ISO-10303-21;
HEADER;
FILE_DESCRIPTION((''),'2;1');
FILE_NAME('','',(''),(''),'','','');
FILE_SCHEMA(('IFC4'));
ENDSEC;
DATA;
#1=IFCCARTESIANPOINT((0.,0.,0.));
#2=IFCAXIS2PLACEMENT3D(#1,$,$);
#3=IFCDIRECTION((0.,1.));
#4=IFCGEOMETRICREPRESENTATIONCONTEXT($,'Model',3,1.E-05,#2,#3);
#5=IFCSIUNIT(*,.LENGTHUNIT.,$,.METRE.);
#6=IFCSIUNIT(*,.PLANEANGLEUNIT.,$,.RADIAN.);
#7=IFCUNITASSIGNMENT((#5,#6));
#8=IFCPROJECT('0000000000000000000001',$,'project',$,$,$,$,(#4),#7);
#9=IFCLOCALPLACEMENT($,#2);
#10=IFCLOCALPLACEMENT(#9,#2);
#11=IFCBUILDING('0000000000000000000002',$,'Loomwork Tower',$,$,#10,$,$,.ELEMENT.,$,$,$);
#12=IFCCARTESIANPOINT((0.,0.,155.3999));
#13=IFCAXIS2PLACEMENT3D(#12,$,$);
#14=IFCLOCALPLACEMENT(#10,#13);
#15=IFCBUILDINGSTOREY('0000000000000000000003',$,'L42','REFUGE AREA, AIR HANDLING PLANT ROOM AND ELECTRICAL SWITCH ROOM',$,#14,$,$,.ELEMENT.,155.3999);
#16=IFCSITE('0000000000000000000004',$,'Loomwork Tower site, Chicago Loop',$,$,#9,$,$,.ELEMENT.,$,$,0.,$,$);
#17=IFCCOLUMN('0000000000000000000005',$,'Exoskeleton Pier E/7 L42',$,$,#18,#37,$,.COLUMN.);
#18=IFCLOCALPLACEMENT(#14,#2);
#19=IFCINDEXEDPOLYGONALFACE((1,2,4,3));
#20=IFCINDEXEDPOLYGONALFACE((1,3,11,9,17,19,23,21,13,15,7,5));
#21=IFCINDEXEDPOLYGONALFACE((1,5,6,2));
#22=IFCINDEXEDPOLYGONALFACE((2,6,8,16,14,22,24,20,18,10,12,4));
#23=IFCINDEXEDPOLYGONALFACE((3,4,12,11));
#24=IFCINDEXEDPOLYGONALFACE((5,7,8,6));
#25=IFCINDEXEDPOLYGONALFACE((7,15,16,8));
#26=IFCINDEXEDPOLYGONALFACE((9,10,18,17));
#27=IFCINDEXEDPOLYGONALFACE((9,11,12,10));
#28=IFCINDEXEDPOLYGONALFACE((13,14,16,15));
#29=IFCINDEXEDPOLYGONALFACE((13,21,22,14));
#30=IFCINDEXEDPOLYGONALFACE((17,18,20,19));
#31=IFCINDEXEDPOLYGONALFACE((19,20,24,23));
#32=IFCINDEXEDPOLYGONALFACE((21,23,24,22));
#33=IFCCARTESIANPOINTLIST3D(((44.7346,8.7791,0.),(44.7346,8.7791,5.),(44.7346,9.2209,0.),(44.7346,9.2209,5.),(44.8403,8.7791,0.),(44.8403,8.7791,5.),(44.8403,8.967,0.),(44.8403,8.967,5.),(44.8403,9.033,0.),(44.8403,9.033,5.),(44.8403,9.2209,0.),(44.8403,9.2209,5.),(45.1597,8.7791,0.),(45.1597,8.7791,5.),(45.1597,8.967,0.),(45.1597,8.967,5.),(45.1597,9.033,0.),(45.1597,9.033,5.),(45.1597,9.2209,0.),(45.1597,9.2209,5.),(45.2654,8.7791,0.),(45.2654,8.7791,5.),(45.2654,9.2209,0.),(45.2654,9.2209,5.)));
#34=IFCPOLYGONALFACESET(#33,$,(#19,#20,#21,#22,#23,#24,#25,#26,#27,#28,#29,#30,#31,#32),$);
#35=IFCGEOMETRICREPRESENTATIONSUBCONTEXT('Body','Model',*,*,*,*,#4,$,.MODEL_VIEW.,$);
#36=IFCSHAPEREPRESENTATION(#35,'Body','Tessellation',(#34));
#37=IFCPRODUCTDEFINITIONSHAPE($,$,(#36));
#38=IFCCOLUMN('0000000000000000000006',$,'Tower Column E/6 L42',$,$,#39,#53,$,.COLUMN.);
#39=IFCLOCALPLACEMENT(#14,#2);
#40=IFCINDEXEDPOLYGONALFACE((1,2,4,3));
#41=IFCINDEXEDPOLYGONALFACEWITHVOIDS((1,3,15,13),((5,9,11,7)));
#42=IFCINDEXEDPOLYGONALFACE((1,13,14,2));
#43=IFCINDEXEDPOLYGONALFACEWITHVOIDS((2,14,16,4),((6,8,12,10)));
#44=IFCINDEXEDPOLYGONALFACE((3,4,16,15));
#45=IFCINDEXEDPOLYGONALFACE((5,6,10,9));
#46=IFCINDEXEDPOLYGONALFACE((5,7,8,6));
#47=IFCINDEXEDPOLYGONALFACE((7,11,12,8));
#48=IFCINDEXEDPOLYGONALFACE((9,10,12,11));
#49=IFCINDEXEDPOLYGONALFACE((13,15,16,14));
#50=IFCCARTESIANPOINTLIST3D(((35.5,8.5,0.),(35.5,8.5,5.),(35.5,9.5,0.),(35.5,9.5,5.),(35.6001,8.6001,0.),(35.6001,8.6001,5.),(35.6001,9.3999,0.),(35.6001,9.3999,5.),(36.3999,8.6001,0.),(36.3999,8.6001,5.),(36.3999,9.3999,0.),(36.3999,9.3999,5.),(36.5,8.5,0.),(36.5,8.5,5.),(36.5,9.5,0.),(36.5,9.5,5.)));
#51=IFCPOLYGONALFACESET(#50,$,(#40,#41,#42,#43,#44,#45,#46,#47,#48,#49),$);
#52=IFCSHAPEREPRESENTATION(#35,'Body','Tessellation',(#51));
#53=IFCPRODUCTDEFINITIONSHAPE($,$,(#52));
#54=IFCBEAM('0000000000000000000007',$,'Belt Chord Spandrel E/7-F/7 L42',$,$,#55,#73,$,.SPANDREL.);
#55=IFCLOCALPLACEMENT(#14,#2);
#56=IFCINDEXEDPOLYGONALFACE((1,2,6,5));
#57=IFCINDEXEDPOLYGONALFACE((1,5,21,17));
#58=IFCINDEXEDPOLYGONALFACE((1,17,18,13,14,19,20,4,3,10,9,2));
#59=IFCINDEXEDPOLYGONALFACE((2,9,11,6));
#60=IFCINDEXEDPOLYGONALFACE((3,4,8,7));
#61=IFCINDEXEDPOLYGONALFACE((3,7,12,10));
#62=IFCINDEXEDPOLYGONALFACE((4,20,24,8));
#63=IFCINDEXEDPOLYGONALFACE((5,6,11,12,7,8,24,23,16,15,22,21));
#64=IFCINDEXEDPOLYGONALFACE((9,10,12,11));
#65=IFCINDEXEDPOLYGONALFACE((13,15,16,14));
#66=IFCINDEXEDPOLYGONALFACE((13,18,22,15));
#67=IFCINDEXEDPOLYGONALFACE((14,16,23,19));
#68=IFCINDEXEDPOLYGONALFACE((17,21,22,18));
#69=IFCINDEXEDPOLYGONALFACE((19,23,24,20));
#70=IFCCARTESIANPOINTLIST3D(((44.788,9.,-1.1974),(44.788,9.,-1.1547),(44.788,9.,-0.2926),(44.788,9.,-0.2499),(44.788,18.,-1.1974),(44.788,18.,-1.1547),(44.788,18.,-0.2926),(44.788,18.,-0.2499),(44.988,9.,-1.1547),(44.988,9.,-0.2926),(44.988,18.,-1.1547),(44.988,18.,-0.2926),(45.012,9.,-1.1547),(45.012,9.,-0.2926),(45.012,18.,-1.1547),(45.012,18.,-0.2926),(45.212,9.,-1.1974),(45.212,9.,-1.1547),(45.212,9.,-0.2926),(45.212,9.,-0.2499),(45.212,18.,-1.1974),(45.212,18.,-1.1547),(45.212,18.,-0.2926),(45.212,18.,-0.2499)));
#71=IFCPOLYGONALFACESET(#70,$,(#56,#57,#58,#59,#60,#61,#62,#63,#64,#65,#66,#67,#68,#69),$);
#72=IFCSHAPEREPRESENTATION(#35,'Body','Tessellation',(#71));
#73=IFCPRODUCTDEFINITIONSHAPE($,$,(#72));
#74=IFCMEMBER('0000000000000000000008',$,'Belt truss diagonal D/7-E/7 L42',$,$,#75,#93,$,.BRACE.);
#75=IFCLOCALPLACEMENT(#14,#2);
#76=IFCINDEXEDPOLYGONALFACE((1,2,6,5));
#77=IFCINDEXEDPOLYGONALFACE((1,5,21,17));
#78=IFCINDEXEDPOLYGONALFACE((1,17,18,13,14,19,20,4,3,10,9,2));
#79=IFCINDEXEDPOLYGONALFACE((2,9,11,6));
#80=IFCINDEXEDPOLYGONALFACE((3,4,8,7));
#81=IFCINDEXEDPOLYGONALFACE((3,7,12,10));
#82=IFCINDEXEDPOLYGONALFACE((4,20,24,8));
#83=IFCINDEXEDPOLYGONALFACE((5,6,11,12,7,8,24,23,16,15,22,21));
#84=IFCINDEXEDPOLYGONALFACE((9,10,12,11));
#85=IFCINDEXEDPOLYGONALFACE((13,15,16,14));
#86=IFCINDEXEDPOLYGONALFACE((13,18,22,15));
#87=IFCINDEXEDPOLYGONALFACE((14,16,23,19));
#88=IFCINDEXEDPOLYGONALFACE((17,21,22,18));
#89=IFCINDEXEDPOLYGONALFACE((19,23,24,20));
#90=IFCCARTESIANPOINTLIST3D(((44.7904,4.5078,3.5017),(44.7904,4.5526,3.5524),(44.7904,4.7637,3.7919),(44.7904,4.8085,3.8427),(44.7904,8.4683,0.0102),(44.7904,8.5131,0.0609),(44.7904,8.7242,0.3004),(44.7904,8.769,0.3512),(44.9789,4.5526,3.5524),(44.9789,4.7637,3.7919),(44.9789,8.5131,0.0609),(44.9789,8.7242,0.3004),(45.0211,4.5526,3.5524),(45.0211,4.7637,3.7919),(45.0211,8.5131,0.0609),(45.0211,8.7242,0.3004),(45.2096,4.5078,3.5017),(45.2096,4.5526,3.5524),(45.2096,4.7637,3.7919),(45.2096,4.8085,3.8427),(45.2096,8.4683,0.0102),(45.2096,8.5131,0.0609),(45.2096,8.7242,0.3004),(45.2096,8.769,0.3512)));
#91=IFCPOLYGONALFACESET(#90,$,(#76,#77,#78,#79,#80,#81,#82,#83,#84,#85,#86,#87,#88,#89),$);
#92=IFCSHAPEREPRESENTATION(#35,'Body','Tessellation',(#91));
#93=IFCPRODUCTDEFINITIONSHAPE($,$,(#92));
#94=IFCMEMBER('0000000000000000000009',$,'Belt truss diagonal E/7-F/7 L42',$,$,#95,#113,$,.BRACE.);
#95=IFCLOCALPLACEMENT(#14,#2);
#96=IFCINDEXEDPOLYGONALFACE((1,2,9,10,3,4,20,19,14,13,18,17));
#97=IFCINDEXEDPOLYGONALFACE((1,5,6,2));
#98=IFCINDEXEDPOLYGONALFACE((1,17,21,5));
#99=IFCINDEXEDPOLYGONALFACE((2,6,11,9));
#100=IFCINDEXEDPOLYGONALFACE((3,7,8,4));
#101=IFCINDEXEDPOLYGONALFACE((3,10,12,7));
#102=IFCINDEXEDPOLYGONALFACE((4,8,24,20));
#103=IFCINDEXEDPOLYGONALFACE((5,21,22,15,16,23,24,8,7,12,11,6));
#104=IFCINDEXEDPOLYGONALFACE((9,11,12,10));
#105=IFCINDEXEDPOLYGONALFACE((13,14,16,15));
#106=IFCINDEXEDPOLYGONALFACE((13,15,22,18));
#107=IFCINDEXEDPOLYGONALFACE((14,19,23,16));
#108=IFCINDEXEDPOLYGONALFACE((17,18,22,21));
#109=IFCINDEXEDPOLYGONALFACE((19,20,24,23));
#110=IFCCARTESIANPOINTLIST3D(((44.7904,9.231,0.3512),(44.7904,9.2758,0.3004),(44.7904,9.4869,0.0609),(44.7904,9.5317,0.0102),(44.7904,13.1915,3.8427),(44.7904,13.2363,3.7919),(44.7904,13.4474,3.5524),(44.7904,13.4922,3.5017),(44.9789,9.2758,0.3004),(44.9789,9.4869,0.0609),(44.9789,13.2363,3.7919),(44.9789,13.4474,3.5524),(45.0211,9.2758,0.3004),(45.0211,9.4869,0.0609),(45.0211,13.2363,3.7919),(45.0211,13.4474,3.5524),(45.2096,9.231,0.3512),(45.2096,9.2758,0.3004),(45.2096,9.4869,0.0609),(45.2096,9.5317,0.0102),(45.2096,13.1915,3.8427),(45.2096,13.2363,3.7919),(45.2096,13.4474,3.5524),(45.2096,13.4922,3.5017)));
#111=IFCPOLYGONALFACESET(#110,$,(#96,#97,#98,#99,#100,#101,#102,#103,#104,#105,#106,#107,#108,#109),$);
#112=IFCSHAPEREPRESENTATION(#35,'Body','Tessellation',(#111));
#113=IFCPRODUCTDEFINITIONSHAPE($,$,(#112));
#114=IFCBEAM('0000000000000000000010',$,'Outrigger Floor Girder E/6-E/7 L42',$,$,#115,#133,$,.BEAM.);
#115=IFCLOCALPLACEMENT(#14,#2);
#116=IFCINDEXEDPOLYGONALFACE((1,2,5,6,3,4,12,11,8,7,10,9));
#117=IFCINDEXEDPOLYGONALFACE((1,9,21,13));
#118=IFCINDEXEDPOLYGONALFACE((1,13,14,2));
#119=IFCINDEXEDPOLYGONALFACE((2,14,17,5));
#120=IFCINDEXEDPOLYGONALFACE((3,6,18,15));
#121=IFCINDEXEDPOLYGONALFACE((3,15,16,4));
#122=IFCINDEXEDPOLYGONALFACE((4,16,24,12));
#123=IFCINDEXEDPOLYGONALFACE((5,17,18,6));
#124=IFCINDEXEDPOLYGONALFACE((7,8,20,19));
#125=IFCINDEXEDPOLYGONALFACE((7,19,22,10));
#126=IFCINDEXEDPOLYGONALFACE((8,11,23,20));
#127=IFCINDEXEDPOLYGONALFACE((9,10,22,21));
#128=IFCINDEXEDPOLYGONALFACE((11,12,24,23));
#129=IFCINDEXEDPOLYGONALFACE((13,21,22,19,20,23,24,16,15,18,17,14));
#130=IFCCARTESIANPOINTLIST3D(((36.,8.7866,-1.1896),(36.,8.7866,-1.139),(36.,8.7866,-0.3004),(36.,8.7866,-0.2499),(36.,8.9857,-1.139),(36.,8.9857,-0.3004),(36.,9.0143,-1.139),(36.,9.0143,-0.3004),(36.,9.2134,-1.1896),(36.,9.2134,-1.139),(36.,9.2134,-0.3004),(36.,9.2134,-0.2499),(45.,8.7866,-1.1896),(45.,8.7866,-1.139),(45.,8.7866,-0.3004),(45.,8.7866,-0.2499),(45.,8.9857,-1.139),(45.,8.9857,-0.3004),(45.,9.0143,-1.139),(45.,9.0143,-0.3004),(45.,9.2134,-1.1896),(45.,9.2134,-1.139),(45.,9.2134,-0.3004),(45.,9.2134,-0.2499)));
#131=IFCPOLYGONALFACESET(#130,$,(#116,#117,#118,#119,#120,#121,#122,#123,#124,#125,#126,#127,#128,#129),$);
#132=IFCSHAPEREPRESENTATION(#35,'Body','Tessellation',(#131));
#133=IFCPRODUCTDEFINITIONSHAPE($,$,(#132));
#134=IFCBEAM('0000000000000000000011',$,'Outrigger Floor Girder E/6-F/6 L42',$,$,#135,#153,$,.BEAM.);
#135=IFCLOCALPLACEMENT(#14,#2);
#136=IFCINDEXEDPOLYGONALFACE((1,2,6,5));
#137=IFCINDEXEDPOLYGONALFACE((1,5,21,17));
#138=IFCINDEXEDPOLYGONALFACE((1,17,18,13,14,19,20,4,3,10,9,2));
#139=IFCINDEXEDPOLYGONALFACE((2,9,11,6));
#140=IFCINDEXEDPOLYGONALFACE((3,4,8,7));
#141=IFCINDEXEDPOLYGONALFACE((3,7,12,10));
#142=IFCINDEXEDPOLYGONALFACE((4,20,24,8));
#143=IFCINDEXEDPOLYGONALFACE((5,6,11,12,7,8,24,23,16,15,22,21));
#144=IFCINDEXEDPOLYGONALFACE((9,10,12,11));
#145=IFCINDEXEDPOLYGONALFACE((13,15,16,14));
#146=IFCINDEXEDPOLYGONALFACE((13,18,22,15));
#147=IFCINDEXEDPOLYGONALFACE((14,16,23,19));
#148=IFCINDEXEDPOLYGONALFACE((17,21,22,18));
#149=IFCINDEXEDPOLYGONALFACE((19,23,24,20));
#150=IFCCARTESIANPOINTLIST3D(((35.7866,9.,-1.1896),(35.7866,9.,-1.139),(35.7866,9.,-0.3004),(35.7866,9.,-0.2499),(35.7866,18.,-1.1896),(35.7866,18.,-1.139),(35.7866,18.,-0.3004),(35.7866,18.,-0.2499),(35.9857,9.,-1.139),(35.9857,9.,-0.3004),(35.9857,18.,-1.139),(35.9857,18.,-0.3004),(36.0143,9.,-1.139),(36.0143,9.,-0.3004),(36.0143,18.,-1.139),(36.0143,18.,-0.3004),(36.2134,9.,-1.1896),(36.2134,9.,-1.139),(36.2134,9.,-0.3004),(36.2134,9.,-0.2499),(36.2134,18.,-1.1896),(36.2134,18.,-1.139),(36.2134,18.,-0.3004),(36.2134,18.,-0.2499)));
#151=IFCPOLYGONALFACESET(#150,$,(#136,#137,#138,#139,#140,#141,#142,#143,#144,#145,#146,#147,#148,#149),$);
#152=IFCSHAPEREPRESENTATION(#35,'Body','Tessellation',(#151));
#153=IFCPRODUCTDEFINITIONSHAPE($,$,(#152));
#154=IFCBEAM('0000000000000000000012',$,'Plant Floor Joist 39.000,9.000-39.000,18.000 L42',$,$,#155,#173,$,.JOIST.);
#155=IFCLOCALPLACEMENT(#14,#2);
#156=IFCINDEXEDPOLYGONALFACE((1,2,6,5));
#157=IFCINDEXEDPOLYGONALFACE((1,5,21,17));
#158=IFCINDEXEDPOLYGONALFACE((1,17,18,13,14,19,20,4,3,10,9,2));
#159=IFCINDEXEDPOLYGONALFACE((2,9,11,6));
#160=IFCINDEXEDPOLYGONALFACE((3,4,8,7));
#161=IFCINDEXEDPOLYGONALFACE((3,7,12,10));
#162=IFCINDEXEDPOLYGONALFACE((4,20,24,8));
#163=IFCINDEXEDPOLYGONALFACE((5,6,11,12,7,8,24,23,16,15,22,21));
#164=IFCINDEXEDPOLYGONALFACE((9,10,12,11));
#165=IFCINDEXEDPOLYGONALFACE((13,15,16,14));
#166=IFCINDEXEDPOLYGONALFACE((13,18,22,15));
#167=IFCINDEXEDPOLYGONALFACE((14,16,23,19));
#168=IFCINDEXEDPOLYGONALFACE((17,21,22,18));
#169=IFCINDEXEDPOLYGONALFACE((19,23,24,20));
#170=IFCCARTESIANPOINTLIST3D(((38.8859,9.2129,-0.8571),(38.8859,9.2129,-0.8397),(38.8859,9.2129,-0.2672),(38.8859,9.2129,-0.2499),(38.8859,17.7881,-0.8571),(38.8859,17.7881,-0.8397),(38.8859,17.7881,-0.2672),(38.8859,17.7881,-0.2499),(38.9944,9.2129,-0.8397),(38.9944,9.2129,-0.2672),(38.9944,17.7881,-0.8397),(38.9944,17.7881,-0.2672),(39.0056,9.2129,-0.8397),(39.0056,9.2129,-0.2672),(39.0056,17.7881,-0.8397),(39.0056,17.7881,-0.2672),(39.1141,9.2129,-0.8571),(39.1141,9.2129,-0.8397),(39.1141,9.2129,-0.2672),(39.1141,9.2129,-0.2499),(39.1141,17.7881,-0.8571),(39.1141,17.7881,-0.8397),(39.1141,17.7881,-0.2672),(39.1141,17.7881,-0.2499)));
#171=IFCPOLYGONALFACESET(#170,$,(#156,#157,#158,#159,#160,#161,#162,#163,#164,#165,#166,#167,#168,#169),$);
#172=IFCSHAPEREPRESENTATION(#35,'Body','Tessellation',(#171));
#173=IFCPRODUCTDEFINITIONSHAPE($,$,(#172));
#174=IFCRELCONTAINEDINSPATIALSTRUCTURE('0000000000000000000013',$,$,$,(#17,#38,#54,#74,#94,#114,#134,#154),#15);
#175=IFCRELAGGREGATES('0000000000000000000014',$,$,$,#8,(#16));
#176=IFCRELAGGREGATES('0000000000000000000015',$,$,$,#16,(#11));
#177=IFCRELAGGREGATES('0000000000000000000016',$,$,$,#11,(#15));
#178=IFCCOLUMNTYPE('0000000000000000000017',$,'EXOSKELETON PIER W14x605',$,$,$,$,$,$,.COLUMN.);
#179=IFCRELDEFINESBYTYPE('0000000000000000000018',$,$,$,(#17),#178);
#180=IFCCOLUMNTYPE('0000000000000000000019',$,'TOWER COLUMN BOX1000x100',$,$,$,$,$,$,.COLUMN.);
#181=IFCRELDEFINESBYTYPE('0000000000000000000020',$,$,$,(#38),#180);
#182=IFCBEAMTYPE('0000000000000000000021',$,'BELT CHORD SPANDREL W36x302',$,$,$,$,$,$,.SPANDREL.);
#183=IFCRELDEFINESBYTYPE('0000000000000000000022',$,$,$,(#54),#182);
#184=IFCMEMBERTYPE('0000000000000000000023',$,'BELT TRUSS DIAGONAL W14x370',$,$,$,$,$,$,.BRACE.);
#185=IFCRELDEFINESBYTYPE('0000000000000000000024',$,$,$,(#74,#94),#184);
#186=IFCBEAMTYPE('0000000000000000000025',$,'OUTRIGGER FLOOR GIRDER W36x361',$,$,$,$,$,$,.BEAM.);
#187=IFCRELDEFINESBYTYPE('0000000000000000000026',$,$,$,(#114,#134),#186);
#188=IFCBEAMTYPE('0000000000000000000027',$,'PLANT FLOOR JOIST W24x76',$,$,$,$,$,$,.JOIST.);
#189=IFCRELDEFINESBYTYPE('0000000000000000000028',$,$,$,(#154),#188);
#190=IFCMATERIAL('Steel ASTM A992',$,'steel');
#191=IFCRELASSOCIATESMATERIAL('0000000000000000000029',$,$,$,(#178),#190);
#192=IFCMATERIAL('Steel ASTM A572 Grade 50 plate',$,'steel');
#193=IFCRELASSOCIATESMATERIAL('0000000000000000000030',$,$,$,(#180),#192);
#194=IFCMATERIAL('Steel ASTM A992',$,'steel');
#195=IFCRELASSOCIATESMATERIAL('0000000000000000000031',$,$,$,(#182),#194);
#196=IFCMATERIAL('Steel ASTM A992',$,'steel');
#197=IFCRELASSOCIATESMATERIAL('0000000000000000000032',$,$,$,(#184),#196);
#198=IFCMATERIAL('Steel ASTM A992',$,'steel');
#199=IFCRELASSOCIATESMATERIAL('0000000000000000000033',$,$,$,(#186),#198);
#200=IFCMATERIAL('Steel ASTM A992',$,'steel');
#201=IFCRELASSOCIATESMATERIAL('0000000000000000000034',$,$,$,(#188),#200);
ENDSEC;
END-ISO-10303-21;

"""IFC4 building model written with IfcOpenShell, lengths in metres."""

from ifc_helpers import new_model, si_unit, direction, frame, origin, origin_2d, place, context, subcontext, project, spatial, hollow_rectangle, i_section, extrude, material, material_profile, profile_set, type_object, element, save


model = new_model("IFC4")

# Units and contexts
model_context = context("Model", 3, precision=1e-05, world=origin(), true_north=direction((0.0, 1.0)))
body_context = subcontext(model_context, "Body", "Model", "MODEL_VIEW")
ifc_project = project(units=[si_unit("LENGTHUNIT", "METRE"), si_unit("PLANEANGLEUNIT", "RADIAN")], contexts=[model_context])

# Site, building, storey
site_placement = place(None, origin())
site = spatial("IfcSite", under=ifc_project, at=site_placement, Name="Loomwork Tower site, Chicago Loop", CompositionType="ELEMENT", RefElevation=0.0)
building_placement = place(site_placement, origin())
building = spatial("IfcBuilding", under=site, at=building_placement, Name="Loomwork Tower", CompositionType="ELEMENT")
storey_placement = place(building_placement, frame((0.0, 0.0, 155.3999)))
storey = spatial("IfcBuildingStorey", under=building, at=storey_placement, Name="L42", Description="REFUGE AREA, AIR HANDLING PLANT ROOM AND ELECTRICAL SWITCH ROOM", CompositionType="ELEMENT", Elevation=155.3999)

# Columns
ifc_material_1 = material(Name="Steel ASTM A992", Category="steel")
ifc_material_profile_1 = material_profile(ifc_material_1, i_section(OverallWidth=0.4419, OverallDepth=0.5308, WebThickness=0.0659, FlangeThickness=0.1057, at=origin_2d()), Name="W14x605")
ifc_profile_set_1 = profile_set([ifc_material_profile_1], Name="Steel ASTM A992")
column_type_1 = type_object("IfcColumnType", Name="EXOSKELETON PIER W14x605", PredefinedType="COLUMN", material=ifc_profile_set_1)
column_1_placement = place(storey_placement, frame((45.0, 9.0, 0.0), z_axis=(0.0, 0.0, 1.0), x_axis=(0.0, 1.0, 0.0)))
element("IfcColumn", 1, at=column_1_placement, inside=storey, type_object=column_type_1, Name="Exoskeleton Pier E/7 L42", PredefinedType="COLUMN", context=body_context, shape_type="SweptSolid", body=[
    extrude(i_section(OverallWidth=0.4419, OverallDepth=0.5308, WebThickness=0.0659, FlangeThickness=0.1057, at=origin_2d()), origin(), (0.0, 0.0, 1.0), 5.0),
])
ifc_material_2 = material(Name="Steel ASTM A572 Grade 50 plate", Category="steel")
ifc_material_profile_2 = material_profile(ifc_material_2, hollow_rectangle(XDim=1.0, YDim=1.0, WallThickness=0.1001, at=origin_2d()), Name="BOX1000x100")
ifc_profile_set_2 = profile_set([ifc_material_profile_2], Name="Steel ASTM A572 Grade 50 plate")
column_type_2 = type_object("IfcColumnType", Name="TOWER COLUMN BOX1000x100", PredefinedType="COLUMN", material=ifc_profile_set_2)
column_2_placement = place(storey_placement, frame((36.0, 9.0, 0.0), z_axis=(0.0, 0.0, 1.0), x_axis=(0.0, 1.0, 0.0)))
element("IfcColumn", 2, at=column_2_placement, inside=storey, type_object=column_type_2, Name="Tower Column E/6 L42", PredefinedType="COLUMN", context=body_context, shape_type="SweptSolid", body=[
    extrude(hollow_rectangle(XDim=1.0, YDim=1.0, WallThickness=0.1001, at=origin_2d()), origin(), (0.0, 0.0, 1.0), 5.0),
])

# Beam
ifc_material_3 = material(Name="Steel ASTM A992", Category="steel")
ifc_material_profile_3 = material_profile(ifc_material_3, i_section(OverallWidth=0.4241, OverallDepth=0.9475, WebThickness=0.0239, FlangeThickness=0.0427, at=origin_2d()), Name="W36x302")
ifc_profile_set_3 = profile_set([ifc_material_profile_3], Name="Steel ASTM A992")
beam_type_1 = type_object("IfcBeamType", Name="BELT CHORD SPANDREL W36x302", PredefinedType="SPANDREL", material=ifc_profile_set_3)
beam_placement = place(storey_placement, frame((45.0, 9.0, -0.7236), z_axis=(0.0, 1.0, 0.0), x_axis=(-1.0, 0.0, 0.0)))
element("IfcBeam", 3, at=beam_placement, inside=storey, type_object=beam_type_1, Name="Belt Chord Spandrel E/7-F/7 L42", PredefinedType="SPANDREL", context=body_context, shape_type="SweptSolid", body=[
    extrude(i_section(OverallWidth=0.4241, OverallDepth=0.9475, WebThickness=0.0239, FlangeThickness=0.0427, at=origin_2d()), origin(), (0.0, 0.0, 1.0), 9.0),
])

# Members
ifc_material_4 = material(Name="Steel ASTM A992", Category="steel")
ifc_material_profile_4 = material_profile(ifc_material_4, i_section(OverallWidth=0.4192, OverallDepth=0.4546, WebThickness=0.0422, FlangeThickness=0.0676, at=origin_2d()), Name="W14x370")
ifc_profile_set_4 = profile_set([ifc_material_profile_4], Name="Steel ASTM A992")
member_type_1 = type_object("IfcMemberType", Name="BELT TRUSS DIAGONAL W14x370", PredefinedType="BRACE", material=ifc_profile_set_4)
for number, where, z_axis, x_axis, name in (
    (4, (45.0, 8.6187, 0.1807), (0.0, -0.750125, 0.661296), (1.0, 0.0, 0.0), "Belt truss diagonal D/7-E/7 L42"),
    (5, (45.0, 9.3813, 0.1807), (0.0, 0.750125, 0.661296), (-1.0, 0.0, 0.0), "Belt truss diagonal E/7-F/7 L42"),
):
    element("IfcMember", number, at=place(storey_placement, frame(where, z_axis=z_axis, x_axis=x_axis)), inside=storey, type_object=member_type_1, Name=name, PredefinedType="BRACE", context=body_context, shape_type="SweptSolid", body=[
        extrude(i_section(OverallWidth=0.4192, OverallDepth=0.4546, WebThickness=0.0422, FlangeThickness=0.0676, at=origin_2d()), origin(), (0.0, 0.0, 1.0), 5.2798),
    ])

# Beams
ifc_material_5 = material(Name="Steel ASTM A992", Category="steel")
ifc_material_profile_5 = material_profile(ifc_material_5, i_section(OverallWidth=0.4268, OverallDepth=0.9397, WebThickness=0.0286, FlangeThickness=0.0505, at=origin_2d()), Name="W36x361")
ifc_profile_set_5 = profile_set([ifc_material_profile_5], Name="Steel ASTM A992")
beam_type_2 = type_object("IfcBeamType", Name="OUTRIGGER FLOOR GIRDER W36x361", PredefinedType="BEAM", material=ifc_profile_set_5)
for number, where, z_axis, x_axis, name in (
    (6, (36.0, 9.0, -0.7197), (1.0, 0.0, 0.0), (0.0, 1.0, 0.0), "Outrigger Floor Girder E/6-E/7 L42"),
    (7, (36.0, 9.0, -0.7197), (0.0, 1.0, 0.0), (-1.0, 0.0, 0.0), "Outrigger Floor Girder E/6-F/6 L42"),
):
    element("IfcBeam", number, at=place(storey_placement, frame(where, z_axis=z_axis, x_axis=x_axis)), inside=storey, type_object=beam_type_2, Name=name, PredefinedType="BEAM", context=body_context, shape_type="SweptSolid", body=[
        extrude(i_section(OverallWidth=0.4268, OverallDepth=0.9397, WebThickness=0.0286, FlangeThickness=0.0505, at=origin_2d()), origin(), (0.0, 0.0, 1.0), 9.0),
    ])
ifc_material_6 = material(Name="Steel ASTM A992", Category="steel")
ifc_material_profile_6 = material_profile(ifc_material_6, i_section(OverallWidth=0.2283, OverallDepth=0.6072, WebThickness=0.0112, FlangeThickness=0.0173, at=origin_2d()), Name="W24x76")
ifc_profile_set_6 = profile_set([ifc_material_profile_6], Name="Steel ASTM A992")
beam_type_3 = type_object("IfcBeamType", Name="PLANT FLOOR JOIST W24x76", PredefinedType="JOIST", material=ifc_profile_set_6)
for number, where, z_axis, x_axis, name in (
    (8, (39.0, 9.2129, -0.5535), (0.0, 1.0, 0.0), (-1.0, 0.0, 0.0), "Plant Floor Joist 39.000,9.000-39.000,18.000 L42"),
):
    element("IfcBeam", number, at=place(storey_placement, frame(where, z_axis=z_axis, x_axis=x_axis)), inside=storey, type_object=beam_type_3, Name=name, PredefinedType="JOIST", context=body_context, shape_type="SweptSolid", body=[
        extrude(i_section(OverallWidth=0.2283, OverallDepth=0.6072, WebThickness=0.0112, FlangeThickness=0.0173, at=origin_2d()), origin(), (0.0, 0.0, 1.0), 8.5752),
    ])

save(model, "model.ifc")
